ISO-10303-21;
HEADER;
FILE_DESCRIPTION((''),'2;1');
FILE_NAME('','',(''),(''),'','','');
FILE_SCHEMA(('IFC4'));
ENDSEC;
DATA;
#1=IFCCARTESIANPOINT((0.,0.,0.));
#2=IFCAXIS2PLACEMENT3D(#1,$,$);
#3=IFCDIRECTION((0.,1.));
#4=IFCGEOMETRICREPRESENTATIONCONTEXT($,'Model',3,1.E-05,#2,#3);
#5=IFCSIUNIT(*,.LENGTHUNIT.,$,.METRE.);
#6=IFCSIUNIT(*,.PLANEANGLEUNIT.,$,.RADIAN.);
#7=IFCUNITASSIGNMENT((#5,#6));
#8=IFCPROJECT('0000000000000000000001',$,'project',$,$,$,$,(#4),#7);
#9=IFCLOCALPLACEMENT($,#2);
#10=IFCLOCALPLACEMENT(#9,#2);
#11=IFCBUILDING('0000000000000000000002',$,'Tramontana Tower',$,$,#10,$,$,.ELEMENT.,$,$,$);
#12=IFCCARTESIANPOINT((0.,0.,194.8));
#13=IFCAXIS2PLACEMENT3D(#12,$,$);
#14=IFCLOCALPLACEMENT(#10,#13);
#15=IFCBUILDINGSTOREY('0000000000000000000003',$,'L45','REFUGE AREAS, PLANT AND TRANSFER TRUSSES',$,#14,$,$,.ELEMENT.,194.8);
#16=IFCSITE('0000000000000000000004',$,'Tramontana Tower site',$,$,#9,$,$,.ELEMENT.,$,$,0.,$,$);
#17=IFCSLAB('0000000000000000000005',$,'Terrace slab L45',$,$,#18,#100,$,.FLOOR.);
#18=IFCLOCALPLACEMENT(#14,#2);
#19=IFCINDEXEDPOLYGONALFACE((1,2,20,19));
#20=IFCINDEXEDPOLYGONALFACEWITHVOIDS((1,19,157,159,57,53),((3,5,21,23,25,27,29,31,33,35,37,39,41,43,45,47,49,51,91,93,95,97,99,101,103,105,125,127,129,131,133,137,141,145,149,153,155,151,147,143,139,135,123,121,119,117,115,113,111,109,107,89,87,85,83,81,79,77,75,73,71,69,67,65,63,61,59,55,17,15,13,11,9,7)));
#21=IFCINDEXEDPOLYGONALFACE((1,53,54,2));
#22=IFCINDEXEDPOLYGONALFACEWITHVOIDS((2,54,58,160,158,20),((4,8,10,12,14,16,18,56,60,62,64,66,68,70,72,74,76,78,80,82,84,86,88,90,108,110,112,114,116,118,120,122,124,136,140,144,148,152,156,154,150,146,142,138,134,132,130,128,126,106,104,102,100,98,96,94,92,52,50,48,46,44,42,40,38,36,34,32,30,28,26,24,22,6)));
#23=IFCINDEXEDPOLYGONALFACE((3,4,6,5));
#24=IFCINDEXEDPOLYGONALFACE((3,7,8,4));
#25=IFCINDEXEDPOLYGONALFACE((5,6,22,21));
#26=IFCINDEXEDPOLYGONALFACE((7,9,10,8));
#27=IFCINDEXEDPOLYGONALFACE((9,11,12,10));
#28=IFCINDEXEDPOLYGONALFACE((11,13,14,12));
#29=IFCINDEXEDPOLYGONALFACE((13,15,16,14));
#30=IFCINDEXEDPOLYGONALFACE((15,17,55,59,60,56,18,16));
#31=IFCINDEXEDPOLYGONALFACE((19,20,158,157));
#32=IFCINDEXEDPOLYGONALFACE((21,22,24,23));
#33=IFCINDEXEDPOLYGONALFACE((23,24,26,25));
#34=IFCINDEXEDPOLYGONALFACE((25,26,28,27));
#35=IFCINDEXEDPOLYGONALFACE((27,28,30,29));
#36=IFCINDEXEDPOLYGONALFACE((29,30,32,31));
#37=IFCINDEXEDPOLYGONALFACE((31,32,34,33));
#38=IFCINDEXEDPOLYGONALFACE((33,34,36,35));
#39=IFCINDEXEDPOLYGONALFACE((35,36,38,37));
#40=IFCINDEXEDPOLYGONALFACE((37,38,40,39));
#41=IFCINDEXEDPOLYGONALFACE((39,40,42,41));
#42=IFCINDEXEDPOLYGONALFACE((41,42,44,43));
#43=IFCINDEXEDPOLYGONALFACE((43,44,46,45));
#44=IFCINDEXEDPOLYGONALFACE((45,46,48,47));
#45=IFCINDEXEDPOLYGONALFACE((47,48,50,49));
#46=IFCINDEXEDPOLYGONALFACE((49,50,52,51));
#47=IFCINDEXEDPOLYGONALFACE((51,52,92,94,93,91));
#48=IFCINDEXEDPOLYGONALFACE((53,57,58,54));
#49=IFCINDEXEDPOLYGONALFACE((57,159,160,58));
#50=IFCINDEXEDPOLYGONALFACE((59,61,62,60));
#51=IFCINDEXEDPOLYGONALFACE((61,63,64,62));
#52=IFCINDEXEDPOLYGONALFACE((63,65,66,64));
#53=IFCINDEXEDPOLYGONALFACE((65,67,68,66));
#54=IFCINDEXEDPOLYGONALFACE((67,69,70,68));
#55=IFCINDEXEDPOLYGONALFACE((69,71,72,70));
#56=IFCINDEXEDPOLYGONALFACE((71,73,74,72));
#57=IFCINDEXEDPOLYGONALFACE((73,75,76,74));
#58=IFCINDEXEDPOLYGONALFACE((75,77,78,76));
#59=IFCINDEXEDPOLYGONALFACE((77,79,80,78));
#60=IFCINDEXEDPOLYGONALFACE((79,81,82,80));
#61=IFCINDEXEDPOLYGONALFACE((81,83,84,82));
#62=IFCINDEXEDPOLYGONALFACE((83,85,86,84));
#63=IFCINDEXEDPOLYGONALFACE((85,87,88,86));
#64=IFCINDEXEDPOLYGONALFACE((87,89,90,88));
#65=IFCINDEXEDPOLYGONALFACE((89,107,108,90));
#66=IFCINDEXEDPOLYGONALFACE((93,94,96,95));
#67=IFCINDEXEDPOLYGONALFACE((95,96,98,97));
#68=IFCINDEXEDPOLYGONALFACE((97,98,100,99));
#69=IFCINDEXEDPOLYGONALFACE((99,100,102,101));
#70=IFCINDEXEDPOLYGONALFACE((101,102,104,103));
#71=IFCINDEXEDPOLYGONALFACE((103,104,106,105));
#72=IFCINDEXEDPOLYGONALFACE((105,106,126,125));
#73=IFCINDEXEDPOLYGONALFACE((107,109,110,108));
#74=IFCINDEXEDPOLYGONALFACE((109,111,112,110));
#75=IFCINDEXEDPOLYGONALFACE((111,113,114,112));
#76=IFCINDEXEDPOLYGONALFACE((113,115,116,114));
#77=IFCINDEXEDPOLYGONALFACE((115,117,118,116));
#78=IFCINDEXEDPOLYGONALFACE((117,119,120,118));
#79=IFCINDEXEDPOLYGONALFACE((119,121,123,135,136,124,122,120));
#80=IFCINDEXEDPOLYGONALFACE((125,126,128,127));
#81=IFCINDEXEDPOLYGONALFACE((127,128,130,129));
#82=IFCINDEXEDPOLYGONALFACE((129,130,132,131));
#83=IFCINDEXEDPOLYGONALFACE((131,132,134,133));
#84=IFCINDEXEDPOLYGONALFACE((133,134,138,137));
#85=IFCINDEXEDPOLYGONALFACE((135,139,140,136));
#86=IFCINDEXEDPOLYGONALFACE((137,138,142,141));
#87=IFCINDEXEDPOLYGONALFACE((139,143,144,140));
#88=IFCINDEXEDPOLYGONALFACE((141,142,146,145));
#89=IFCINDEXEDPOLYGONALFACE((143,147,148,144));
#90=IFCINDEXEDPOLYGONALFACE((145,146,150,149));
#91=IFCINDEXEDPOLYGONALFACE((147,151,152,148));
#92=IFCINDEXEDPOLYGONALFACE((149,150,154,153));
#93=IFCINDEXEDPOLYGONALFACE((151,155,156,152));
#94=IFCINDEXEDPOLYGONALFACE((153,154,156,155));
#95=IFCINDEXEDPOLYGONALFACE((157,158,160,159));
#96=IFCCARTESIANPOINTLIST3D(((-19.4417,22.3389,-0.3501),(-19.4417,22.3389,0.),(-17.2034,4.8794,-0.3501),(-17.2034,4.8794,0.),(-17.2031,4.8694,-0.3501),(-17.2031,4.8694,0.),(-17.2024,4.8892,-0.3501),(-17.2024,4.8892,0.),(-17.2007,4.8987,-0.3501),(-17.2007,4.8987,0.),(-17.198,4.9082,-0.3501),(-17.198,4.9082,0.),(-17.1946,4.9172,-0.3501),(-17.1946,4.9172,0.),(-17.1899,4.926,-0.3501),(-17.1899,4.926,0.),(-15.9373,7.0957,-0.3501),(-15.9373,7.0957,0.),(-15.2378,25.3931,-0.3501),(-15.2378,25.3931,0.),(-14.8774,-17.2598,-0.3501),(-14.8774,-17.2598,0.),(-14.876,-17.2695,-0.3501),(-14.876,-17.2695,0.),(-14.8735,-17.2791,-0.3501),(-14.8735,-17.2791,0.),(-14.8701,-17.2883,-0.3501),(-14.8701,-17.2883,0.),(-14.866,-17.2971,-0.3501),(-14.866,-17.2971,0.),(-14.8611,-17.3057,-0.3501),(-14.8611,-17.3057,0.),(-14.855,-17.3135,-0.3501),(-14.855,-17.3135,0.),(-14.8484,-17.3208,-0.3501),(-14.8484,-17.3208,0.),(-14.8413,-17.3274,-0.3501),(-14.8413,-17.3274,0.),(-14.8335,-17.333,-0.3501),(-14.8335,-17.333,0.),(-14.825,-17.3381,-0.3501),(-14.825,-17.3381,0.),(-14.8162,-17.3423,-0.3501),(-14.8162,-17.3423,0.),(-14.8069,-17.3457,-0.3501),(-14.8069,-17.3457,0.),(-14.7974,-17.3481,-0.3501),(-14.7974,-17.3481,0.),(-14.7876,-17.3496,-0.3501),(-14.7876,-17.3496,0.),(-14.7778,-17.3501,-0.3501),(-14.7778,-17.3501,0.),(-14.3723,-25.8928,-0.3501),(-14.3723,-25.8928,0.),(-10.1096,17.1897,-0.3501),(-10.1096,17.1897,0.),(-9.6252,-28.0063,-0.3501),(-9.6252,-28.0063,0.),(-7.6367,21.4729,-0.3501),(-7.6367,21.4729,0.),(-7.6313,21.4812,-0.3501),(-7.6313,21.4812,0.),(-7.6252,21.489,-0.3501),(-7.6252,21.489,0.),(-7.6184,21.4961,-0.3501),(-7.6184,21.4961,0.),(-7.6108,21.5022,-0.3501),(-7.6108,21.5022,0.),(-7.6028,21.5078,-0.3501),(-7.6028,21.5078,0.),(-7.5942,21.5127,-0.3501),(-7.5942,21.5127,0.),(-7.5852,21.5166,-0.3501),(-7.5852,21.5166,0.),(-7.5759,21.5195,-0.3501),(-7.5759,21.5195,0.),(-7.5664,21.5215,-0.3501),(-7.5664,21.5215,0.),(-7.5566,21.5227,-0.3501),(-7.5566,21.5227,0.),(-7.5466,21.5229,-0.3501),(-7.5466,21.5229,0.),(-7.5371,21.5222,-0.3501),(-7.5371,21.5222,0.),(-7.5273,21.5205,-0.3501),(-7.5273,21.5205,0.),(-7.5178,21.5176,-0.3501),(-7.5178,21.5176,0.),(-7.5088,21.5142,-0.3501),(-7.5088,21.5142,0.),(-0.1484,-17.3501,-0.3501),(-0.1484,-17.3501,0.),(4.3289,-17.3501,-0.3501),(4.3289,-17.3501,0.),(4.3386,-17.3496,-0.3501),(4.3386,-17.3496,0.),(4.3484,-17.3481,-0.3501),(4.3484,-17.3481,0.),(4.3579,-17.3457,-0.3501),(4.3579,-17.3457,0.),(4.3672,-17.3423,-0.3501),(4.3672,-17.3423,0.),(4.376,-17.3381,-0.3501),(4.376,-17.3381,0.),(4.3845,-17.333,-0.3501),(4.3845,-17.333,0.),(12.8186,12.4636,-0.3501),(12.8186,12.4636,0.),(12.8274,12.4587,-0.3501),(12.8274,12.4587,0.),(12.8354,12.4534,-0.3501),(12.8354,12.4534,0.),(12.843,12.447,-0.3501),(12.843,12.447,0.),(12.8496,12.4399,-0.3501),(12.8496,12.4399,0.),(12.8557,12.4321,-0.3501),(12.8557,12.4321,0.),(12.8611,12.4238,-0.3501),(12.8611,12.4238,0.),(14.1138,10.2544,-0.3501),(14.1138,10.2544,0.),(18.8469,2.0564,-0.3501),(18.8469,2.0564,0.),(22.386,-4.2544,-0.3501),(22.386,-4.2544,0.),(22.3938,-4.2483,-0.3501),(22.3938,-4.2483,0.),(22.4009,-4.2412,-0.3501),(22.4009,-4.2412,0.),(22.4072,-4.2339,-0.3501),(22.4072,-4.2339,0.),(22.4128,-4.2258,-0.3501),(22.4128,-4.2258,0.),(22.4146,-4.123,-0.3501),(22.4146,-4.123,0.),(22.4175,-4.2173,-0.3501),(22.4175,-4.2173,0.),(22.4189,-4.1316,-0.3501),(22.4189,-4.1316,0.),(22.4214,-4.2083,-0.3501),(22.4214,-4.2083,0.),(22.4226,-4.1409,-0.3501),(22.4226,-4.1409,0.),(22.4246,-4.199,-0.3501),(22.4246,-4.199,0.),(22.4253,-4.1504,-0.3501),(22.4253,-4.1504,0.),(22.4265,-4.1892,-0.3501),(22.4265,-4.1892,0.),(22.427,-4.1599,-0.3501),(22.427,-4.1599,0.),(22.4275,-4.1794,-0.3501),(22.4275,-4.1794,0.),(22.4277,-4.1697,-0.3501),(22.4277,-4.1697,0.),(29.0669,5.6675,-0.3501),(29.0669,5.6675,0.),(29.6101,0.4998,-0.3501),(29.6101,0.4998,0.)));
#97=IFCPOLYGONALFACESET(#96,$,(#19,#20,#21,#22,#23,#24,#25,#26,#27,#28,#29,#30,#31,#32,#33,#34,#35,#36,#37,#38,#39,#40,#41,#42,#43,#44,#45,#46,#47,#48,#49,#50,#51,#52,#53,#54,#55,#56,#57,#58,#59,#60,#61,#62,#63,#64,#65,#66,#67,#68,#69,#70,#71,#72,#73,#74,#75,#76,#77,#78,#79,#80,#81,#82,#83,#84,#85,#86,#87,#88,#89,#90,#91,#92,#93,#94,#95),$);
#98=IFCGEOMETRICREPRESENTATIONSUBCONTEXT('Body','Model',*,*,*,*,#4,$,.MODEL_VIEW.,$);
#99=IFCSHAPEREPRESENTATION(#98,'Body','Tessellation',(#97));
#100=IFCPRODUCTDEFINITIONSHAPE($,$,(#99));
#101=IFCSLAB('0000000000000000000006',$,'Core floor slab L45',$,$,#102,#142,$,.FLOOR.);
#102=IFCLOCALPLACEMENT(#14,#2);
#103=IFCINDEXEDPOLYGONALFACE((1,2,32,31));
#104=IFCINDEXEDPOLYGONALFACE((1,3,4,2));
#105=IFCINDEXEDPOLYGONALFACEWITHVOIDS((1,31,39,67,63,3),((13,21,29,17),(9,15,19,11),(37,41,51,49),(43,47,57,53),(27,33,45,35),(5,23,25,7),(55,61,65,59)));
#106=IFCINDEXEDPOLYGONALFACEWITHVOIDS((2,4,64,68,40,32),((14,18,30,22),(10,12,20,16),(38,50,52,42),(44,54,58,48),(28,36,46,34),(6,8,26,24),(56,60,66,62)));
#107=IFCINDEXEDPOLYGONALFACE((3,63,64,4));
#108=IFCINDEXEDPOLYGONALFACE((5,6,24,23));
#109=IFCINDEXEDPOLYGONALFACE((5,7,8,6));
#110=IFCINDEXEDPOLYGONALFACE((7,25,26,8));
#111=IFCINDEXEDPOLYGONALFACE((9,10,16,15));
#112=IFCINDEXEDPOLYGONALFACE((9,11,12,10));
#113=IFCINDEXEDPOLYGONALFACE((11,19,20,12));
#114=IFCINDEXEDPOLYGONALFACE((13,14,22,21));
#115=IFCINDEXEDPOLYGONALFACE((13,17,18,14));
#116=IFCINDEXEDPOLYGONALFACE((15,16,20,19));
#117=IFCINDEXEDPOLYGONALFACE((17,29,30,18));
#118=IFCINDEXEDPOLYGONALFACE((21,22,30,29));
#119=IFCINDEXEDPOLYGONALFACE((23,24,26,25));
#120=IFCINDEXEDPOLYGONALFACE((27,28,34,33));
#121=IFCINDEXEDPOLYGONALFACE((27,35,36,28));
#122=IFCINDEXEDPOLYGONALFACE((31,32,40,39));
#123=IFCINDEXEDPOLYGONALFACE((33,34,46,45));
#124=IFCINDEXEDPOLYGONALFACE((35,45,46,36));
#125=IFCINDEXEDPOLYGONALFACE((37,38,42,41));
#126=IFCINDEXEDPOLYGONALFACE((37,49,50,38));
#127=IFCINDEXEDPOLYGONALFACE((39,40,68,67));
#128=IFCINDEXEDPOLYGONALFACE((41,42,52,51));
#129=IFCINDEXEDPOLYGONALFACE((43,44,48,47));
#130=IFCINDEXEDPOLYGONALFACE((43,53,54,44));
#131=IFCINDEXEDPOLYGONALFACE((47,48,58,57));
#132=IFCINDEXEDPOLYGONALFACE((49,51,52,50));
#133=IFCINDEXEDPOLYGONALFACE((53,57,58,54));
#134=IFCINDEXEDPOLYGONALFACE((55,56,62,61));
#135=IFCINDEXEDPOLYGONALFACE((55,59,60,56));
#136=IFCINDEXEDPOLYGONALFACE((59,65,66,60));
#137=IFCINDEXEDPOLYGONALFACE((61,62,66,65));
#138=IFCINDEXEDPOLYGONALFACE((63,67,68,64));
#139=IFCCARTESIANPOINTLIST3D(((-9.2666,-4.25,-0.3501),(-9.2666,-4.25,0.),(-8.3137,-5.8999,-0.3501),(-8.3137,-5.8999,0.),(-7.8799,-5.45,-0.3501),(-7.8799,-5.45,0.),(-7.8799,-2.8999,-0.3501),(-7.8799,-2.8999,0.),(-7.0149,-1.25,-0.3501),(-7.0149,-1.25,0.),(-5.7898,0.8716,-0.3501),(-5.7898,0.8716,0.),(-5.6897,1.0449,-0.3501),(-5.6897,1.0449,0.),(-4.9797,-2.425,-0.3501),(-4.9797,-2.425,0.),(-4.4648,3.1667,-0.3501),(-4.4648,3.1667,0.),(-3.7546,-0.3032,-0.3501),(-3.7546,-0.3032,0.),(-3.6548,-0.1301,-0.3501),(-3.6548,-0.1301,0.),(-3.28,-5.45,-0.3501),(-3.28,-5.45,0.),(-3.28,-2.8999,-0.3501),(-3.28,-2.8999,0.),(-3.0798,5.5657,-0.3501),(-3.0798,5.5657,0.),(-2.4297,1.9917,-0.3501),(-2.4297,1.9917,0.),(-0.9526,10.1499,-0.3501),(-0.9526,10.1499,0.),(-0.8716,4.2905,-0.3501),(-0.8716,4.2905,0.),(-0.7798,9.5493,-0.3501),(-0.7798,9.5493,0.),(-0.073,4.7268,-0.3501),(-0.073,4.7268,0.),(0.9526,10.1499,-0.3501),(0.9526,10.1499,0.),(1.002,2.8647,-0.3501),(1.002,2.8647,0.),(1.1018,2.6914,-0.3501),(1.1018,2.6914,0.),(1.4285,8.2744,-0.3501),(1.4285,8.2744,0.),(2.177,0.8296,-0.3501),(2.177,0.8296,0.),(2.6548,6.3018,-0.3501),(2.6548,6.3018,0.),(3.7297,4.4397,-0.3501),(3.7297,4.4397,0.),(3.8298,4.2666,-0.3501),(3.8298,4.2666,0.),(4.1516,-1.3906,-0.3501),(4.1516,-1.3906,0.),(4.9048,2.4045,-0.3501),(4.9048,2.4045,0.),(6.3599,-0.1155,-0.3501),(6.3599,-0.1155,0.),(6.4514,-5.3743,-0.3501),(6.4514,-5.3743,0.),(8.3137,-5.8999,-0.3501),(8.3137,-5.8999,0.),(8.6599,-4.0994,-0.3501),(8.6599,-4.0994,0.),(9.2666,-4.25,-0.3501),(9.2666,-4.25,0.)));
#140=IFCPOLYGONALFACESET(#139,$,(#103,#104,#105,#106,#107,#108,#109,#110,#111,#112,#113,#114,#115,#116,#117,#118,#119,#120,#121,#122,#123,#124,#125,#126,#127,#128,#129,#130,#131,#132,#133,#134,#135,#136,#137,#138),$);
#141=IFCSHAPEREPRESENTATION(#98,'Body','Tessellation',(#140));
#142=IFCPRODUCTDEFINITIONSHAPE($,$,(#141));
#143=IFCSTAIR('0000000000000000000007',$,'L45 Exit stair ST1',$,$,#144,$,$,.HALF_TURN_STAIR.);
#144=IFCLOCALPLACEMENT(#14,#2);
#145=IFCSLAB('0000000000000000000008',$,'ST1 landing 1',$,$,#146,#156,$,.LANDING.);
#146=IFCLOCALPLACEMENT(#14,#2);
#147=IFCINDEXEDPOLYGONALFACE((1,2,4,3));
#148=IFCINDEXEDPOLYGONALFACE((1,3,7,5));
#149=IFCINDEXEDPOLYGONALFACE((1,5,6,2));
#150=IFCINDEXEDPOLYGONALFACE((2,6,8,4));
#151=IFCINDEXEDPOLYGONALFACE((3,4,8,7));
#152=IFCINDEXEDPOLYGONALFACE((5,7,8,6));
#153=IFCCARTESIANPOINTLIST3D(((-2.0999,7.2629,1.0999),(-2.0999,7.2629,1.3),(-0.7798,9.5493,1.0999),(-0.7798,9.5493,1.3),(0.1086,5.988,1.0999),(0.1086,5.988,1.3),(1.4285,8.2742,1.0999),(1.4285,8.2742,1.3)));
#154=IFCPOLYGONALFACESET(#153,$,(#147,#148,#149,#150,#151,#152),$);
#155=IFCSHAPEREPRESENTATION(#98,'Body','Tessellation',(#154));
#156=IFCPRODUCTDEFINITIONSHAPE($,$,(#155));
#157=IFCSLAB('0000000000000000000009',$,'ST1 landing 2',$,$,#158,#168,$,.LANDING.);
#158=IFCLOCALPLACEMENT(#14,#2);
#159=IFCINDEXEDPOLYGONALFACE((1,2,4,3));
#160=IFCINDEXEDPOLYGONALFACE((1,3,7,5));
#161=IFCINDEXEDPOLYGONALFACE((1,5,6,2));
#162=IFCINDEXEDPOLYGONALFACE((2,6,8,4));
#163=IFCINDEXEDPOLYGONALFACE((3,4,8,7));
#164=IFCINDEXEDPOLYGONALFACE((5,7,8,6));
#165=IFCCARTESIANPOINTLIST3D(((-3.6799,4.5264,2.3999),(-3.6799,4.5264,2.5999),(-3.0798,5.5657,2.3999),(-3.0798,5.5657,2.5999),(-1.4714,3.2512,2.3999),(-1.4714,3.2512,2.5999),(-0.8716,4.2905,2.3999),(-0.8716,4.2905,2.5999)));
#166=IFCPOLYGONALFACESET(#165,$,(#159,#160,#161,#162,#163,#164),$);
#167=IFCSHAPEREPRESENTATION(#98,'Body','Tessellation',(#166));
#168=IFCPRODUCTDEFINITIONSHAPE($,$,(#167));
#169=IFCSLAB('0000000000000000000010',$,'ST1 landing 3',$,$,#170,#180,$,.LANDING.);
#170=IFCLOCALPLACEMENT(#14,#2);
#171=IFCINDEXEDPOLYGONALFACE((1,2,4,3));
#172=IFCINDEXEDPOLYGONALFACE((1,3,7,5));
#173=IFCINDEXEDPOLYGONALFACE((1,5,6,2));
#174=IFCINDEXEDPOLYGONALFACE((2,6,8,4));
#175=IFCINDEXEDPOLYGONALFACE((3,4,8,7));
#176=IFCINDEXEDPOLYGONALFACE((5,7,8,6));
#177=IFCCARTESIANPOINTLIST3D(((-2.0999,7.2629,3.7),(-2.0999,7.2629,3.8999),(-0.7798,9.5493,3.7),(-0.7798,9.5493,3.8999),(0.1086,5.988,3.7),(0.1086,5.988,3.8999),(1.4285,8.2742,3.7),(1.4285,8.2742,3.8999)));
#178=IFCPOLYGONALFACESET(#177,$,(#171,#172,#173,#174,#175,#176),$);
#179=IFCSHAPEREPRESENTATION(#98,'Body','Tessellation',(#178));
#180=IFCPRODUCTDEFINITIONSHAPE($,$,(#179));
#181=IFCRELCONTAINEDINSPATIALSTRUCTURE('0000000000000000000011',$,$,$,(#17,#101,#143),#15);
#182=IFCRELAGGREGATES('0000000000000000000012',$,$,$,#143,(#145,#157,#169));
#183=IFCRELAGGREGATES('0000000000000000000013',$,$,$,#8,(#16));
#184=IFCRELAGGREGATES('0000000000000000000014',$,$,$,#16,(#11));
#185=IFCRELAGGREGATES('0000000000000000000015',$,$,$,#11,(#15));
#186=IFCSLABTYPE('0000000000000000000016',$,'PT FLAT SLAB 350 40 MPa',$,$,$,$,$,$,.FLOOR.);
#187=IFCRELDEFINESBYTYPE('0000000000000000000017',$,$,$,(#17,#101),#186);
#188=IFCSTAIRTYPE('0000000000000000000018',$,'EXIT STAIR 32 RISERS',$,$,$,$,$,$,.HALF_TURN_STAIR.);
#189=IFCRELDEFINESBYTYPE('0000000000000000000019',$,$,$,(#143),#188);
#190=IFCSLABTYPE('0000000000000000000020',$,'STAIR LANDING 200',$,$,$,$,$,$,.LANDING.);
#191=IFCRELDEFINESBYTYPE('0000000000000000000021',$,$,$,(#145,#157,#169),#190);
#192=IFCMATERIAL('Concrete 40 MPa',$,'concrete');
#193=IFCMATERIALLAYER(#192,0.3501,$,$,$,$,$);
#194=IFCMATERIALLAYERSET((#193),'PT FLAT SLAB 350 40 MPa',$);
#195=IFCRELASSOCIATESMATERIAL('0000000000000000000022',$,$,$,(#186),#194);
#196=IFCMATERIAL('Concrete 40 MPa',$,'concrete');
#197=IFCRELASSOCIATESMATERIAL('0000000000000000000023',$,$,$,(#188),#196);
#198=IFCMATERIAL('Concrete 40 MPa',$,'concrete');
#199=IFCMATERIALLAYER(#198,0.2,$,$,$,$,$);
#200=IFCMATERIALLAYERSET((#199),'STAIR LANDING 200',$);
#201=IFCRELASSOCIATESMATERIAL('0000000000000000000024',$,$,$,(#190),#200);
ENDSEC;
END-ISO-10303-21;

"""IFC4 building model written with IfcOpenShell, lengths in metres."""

from ifc_helpers import new_model, si_unit, direction, frame, origin, place, context, subcontext, project, spatial, polyline, outline, extrude, material, layer, layer_set, type_object, element, aggregate, save


model = new_model("IFC4")

# Units and contexts
model_context = context("Model", 3, precision=1e-05, world=origin(), true_north=direction((0.0, 1.0)))
body_context = subcontext(model_context, "Body", "Model", "MODEL_VIEW")
ifc_project = project(units=[si_unit("LENGTHUNIT", "METRE"), si_unit("PLANEANGLEUNIT", "RADIAN")], contexts=[model_context])

# Site, building, storey
site_placement = place(None, origin())
site = spatial("IfcSite", under=ifc_project, at=site_placement, Name="Tramontana Tower site", CompositionType="ELEMENT", RefElevation=0.0)
building_placement = place(site_placement, origin())
building = spatial("IfcBuilding", under=site, at=building_placement, Name="Tramontana Tower", CompositionType="ELEMENT")
storey_placement = place(building_placement, frame((0.0, 0.0, 194.8)))
storey = spatial("IfcBuildingStorey", under=building, at=storey_placement, Name="L45", Description="REFUGE AREAS, PLANT AND TRANSFER TRUSSES", CompositionType="ELEMENT", Elevation=194.8)

# Slabs
ifc_material_1 = material(Name="Concrete 40 MPa", Category="concrete")
ifc_layer_1 = layer(ifc_material_1, 0.3501)
ifc_layer_set_1 = layer_set([ifc_layer_1], Name="PT FLAT SLAB 350 40 MPa")
slab_type_1 = type_object("IfcSlabType", Name="PT FLAT SLAB 350 40 MPa", PredefinedType="FLOOR", material=ifc_layer_set_1)
slab_1_placement = place(storey_placement, frame((0.0, 0.0, -0.3501)))
element("IfcSlab", 1, at=slab_1_placement, inside=storey, type_object=slab_type_1, Name="Terrace slab L45", PredefinedType="FLOOR", context=body_context, shape_type="SweptSolid", body=[
    extrude(outline(polyline([(-9.6252, -28.0063), (-14.3723, -25.8928), (-19.4417, 22.3389), (-15.2378, 25.3931), (29.0669, 5.6675), (29.6101, 0.4998), (-9.6252, -28.0063)]), holes=[polyline([(4.3289, -17.3501), (4.3386, -17.3496), (4.3484, -17.3481), (4.3579, -17.3457), (4.3672, -17.3423), (4.376, -17.3381), (4.3845, -17.333), (22.386, -4.2544), (22.3938, -4.2483), (22.4009, -4.2412), (22.4072, -4.2339), (22.4128, -4.2258), (22.4175, -4.2173), (22.4214, -4.2083), (22.4246, -4.199), (22.4265, -4.1892), (22.4275, -4.1794), (22.4277, -4.1697), (22.427, -4.1599), (22.4253, -4.1504), (22.4226, -4.1409), (22.4189, -4.1316), (22.4146, -4.123), (18.8469, 2.0564), (14.1138, 10.2544), (12.8611, 12.4238), (12.8557, 12.4321), (12.8496, 12.4399), (12.843, 12.447), (12.8354, 12.4534), (12.8274, 12.4587), (12.8186, 12.4636), (-7.5088, 21.5142), (-7.5178, 21.5176), (-7.5273, 21.5205), (-7.5371, 21.5222), (-7.5466, 21.5229), (-7.5566, 21.5227), (-7.5664, 21.5215), (-7.5759, 21.5195), (-7.5852, 21.5166), (-7.5942, 21.5127), (-7.6028, 21.5078), (-7.6108, 21.5022), (-7.6184, 21.4961), (-7.6252, 21.489), (-7.6313, 21.4812), (-7.6367, 21.4729), (-10.1096, 17.1897), (-15.9373, 7.0957), (-17.1899, 4.926), (-17.1946, 4.9172), (-17.198, 4.9082), (-17.2007, 4.8987), (-17.2024, 4.8892), (-17.2034, 4.8794), (-17.2031, 4.8694), (-14.8774, -17.2598), (-14.876, -17.2695), (-14.8735, -17.2791), (-14.8701, -17.2883), (-14.866, -17.2971), (-14.8611, -17.3057), (-14.855, -17.3135), (-14.8484, -17.3208), (-14.8413, -17.3274), (-14.8335, -17.333), (-14.825, -17.3381), (-14.8162, -17.3423), (-14.8069, -17.3457), (-14.7974, -17.3481), (-14.7876, -17.3496), (-14.7778, -17.3501), (-0.1484, -17.3501), (4.3289, -17.3501)])]), origin(), (0.0, 0.0, 1.0), 0.3501),
])
slab_2_placement = place(storey_placement, frame((0.0, 0.0, -0.3501)))
element("IfcSlab", 2, at=slab_2_placement, inside=storey, type_object=slab_type_1, Name="Core floor slab L45", PredefinedType="FLOOR", context=body_context, shape_type="SweptSolid", body=[
    extrude(outline(polyline([(9.2666, -4.25), (8.3137, -5.8999), (-8.3137, -5.8999), (-9.2666, -4.25), (-0.9526, 10.1499), (0.9526, 10.1499), (9.2666, -4.25)]), holes=[polyline([(8.6599, -4.0994), (6.3599, -0.1155), (4.1516, -1.3906), (6.4514, -5.3743), (8.6599, -4.0994)]), polyline([(3.8298, 4.2666), (1.1018, 2.6914), (2.177, 0.8296), (4.9048, 2.4045), (3.8298, 4.2666)]), polyline([(2.6548, 6.3018), (-0.073, 4.7268), (1.002, 2.8647), (3.7297, 4.4397), (2.6548, 6.3018)]), polyline([(-0.7798, 9.5493), (-3.0798, 5.5657), (-0.8716, 4.2905), (1.4285, 8.2744), (-0.7798, 9.5493)]), polyline([(-5.6897, 1.0449), (-3.6548, -0.1301), (-2.4297, 1.9917), (-4.4648, 3.1667), (-5.6897, 1.0449)]), polyline([(-3.28, -5.45), (-3.28, -2.8999), (-7.8799, -2.8999), (-7.8799, -5.45), (-3.28, -5.45)]), polyline([(-7.0149, -1.25), (-4.9797, -2.425), (-3.7546, -0.3032), (-5.7898, 0.8716), (-7.0149, -1.25)])]), origin(), (0.0, 0.0, 1.0), 0.3501),
])

# Stair, slabs
ifc_material_2 = material(Name="Concrete 40 MPa", Category="concrete")
stair_type = type_object("IfcStairType", Name="EXIT STAIR 32 RISERS", PredefinedType="HALF_TURN_STAIR", material=ifc_material_2)
stair_1_placement = place(storey_placement, origin())
stair_1 = element("IfcStair", 3, at=stair_1_placement, inside=storey, type_object=stair_type, Name="L45 Exit stair ST1", PredefinedType="HALF_TURN_STAIR")
ifc_material_3 = material(Name="Concrete 40 MPa", Category="concrete")
ifc_layer_2 = layer(ifc_material_3, 0.2)
ifc_layer_set_2 = layer_set([ifc_layer_2], Name="STAIR LANDING 200")
slab_type_2 = type_object("IfcSlabType", Name="STAIR LANDING 200", PredefinedType="LANDING", material=ifc_layer_set_2)
slab_3_placement = place(storey_placement, frame((0.0, 0.0, 1.0999)))
slab_3 = element("IfcSlab", 4, at=slab_3_placement, type_object=slab_type_2, Name="ST1 landing 1", PredefinedType="LANDING", context=body_context, shape_type="SweptSolid", body=[
    extrude(outline(polyline([(0.1086, 5.988), (1.4285, 8.2742), (-0.7798, 9.5493), (-2.0999, 7.2629), (0.1086, 5.988)])), origin(), (0.0, 0.0, 1.0), 0.2002),
])
slab_4_placement = place(storey_placement, frame((0.0, 0.0, 2.3999)))
slab_4 = element("IfcSlab", 5, at=slab_4_placement, type_object=slab_type_2, Name="ST1 landing 2", PredefinedType="LANDING", context=body_context, shape_type="SweptSolid", body=[
    extrude(outline(polyline([(-1.4714, 3.2512), (-0.8716, 4.2905), (-3.0798, 5.5657), (-3.6799, 4.5264), (-1.4714, 3.2512)])), origin(), (0.0, 0.0, 1.0), 0.2),
])
slab_5_placement = place(storey_placement, frame((0.0, 0.0, 3.7)))
slab_5 = element("IfcSlab", 6, at=slab_5_placement, type_object=slab_type_2, Name="ST1 landing 3", PredefinedType="LANDING", context=body_context, shape_type="SweptSolid", body=[
    extrude(outline(polyline([(0.1086, 5.988), (1.4285, 8.2742), (-0.7798, 9.5493), (-2.0999, 7.2629), (0.1086, 5.988)])), origin(), (0.0, 0.0, 1.0), 0.2),
])
aggregate(stair_1, [slab_3, slab_4, slab_5])

save(model, "model.ifc")
